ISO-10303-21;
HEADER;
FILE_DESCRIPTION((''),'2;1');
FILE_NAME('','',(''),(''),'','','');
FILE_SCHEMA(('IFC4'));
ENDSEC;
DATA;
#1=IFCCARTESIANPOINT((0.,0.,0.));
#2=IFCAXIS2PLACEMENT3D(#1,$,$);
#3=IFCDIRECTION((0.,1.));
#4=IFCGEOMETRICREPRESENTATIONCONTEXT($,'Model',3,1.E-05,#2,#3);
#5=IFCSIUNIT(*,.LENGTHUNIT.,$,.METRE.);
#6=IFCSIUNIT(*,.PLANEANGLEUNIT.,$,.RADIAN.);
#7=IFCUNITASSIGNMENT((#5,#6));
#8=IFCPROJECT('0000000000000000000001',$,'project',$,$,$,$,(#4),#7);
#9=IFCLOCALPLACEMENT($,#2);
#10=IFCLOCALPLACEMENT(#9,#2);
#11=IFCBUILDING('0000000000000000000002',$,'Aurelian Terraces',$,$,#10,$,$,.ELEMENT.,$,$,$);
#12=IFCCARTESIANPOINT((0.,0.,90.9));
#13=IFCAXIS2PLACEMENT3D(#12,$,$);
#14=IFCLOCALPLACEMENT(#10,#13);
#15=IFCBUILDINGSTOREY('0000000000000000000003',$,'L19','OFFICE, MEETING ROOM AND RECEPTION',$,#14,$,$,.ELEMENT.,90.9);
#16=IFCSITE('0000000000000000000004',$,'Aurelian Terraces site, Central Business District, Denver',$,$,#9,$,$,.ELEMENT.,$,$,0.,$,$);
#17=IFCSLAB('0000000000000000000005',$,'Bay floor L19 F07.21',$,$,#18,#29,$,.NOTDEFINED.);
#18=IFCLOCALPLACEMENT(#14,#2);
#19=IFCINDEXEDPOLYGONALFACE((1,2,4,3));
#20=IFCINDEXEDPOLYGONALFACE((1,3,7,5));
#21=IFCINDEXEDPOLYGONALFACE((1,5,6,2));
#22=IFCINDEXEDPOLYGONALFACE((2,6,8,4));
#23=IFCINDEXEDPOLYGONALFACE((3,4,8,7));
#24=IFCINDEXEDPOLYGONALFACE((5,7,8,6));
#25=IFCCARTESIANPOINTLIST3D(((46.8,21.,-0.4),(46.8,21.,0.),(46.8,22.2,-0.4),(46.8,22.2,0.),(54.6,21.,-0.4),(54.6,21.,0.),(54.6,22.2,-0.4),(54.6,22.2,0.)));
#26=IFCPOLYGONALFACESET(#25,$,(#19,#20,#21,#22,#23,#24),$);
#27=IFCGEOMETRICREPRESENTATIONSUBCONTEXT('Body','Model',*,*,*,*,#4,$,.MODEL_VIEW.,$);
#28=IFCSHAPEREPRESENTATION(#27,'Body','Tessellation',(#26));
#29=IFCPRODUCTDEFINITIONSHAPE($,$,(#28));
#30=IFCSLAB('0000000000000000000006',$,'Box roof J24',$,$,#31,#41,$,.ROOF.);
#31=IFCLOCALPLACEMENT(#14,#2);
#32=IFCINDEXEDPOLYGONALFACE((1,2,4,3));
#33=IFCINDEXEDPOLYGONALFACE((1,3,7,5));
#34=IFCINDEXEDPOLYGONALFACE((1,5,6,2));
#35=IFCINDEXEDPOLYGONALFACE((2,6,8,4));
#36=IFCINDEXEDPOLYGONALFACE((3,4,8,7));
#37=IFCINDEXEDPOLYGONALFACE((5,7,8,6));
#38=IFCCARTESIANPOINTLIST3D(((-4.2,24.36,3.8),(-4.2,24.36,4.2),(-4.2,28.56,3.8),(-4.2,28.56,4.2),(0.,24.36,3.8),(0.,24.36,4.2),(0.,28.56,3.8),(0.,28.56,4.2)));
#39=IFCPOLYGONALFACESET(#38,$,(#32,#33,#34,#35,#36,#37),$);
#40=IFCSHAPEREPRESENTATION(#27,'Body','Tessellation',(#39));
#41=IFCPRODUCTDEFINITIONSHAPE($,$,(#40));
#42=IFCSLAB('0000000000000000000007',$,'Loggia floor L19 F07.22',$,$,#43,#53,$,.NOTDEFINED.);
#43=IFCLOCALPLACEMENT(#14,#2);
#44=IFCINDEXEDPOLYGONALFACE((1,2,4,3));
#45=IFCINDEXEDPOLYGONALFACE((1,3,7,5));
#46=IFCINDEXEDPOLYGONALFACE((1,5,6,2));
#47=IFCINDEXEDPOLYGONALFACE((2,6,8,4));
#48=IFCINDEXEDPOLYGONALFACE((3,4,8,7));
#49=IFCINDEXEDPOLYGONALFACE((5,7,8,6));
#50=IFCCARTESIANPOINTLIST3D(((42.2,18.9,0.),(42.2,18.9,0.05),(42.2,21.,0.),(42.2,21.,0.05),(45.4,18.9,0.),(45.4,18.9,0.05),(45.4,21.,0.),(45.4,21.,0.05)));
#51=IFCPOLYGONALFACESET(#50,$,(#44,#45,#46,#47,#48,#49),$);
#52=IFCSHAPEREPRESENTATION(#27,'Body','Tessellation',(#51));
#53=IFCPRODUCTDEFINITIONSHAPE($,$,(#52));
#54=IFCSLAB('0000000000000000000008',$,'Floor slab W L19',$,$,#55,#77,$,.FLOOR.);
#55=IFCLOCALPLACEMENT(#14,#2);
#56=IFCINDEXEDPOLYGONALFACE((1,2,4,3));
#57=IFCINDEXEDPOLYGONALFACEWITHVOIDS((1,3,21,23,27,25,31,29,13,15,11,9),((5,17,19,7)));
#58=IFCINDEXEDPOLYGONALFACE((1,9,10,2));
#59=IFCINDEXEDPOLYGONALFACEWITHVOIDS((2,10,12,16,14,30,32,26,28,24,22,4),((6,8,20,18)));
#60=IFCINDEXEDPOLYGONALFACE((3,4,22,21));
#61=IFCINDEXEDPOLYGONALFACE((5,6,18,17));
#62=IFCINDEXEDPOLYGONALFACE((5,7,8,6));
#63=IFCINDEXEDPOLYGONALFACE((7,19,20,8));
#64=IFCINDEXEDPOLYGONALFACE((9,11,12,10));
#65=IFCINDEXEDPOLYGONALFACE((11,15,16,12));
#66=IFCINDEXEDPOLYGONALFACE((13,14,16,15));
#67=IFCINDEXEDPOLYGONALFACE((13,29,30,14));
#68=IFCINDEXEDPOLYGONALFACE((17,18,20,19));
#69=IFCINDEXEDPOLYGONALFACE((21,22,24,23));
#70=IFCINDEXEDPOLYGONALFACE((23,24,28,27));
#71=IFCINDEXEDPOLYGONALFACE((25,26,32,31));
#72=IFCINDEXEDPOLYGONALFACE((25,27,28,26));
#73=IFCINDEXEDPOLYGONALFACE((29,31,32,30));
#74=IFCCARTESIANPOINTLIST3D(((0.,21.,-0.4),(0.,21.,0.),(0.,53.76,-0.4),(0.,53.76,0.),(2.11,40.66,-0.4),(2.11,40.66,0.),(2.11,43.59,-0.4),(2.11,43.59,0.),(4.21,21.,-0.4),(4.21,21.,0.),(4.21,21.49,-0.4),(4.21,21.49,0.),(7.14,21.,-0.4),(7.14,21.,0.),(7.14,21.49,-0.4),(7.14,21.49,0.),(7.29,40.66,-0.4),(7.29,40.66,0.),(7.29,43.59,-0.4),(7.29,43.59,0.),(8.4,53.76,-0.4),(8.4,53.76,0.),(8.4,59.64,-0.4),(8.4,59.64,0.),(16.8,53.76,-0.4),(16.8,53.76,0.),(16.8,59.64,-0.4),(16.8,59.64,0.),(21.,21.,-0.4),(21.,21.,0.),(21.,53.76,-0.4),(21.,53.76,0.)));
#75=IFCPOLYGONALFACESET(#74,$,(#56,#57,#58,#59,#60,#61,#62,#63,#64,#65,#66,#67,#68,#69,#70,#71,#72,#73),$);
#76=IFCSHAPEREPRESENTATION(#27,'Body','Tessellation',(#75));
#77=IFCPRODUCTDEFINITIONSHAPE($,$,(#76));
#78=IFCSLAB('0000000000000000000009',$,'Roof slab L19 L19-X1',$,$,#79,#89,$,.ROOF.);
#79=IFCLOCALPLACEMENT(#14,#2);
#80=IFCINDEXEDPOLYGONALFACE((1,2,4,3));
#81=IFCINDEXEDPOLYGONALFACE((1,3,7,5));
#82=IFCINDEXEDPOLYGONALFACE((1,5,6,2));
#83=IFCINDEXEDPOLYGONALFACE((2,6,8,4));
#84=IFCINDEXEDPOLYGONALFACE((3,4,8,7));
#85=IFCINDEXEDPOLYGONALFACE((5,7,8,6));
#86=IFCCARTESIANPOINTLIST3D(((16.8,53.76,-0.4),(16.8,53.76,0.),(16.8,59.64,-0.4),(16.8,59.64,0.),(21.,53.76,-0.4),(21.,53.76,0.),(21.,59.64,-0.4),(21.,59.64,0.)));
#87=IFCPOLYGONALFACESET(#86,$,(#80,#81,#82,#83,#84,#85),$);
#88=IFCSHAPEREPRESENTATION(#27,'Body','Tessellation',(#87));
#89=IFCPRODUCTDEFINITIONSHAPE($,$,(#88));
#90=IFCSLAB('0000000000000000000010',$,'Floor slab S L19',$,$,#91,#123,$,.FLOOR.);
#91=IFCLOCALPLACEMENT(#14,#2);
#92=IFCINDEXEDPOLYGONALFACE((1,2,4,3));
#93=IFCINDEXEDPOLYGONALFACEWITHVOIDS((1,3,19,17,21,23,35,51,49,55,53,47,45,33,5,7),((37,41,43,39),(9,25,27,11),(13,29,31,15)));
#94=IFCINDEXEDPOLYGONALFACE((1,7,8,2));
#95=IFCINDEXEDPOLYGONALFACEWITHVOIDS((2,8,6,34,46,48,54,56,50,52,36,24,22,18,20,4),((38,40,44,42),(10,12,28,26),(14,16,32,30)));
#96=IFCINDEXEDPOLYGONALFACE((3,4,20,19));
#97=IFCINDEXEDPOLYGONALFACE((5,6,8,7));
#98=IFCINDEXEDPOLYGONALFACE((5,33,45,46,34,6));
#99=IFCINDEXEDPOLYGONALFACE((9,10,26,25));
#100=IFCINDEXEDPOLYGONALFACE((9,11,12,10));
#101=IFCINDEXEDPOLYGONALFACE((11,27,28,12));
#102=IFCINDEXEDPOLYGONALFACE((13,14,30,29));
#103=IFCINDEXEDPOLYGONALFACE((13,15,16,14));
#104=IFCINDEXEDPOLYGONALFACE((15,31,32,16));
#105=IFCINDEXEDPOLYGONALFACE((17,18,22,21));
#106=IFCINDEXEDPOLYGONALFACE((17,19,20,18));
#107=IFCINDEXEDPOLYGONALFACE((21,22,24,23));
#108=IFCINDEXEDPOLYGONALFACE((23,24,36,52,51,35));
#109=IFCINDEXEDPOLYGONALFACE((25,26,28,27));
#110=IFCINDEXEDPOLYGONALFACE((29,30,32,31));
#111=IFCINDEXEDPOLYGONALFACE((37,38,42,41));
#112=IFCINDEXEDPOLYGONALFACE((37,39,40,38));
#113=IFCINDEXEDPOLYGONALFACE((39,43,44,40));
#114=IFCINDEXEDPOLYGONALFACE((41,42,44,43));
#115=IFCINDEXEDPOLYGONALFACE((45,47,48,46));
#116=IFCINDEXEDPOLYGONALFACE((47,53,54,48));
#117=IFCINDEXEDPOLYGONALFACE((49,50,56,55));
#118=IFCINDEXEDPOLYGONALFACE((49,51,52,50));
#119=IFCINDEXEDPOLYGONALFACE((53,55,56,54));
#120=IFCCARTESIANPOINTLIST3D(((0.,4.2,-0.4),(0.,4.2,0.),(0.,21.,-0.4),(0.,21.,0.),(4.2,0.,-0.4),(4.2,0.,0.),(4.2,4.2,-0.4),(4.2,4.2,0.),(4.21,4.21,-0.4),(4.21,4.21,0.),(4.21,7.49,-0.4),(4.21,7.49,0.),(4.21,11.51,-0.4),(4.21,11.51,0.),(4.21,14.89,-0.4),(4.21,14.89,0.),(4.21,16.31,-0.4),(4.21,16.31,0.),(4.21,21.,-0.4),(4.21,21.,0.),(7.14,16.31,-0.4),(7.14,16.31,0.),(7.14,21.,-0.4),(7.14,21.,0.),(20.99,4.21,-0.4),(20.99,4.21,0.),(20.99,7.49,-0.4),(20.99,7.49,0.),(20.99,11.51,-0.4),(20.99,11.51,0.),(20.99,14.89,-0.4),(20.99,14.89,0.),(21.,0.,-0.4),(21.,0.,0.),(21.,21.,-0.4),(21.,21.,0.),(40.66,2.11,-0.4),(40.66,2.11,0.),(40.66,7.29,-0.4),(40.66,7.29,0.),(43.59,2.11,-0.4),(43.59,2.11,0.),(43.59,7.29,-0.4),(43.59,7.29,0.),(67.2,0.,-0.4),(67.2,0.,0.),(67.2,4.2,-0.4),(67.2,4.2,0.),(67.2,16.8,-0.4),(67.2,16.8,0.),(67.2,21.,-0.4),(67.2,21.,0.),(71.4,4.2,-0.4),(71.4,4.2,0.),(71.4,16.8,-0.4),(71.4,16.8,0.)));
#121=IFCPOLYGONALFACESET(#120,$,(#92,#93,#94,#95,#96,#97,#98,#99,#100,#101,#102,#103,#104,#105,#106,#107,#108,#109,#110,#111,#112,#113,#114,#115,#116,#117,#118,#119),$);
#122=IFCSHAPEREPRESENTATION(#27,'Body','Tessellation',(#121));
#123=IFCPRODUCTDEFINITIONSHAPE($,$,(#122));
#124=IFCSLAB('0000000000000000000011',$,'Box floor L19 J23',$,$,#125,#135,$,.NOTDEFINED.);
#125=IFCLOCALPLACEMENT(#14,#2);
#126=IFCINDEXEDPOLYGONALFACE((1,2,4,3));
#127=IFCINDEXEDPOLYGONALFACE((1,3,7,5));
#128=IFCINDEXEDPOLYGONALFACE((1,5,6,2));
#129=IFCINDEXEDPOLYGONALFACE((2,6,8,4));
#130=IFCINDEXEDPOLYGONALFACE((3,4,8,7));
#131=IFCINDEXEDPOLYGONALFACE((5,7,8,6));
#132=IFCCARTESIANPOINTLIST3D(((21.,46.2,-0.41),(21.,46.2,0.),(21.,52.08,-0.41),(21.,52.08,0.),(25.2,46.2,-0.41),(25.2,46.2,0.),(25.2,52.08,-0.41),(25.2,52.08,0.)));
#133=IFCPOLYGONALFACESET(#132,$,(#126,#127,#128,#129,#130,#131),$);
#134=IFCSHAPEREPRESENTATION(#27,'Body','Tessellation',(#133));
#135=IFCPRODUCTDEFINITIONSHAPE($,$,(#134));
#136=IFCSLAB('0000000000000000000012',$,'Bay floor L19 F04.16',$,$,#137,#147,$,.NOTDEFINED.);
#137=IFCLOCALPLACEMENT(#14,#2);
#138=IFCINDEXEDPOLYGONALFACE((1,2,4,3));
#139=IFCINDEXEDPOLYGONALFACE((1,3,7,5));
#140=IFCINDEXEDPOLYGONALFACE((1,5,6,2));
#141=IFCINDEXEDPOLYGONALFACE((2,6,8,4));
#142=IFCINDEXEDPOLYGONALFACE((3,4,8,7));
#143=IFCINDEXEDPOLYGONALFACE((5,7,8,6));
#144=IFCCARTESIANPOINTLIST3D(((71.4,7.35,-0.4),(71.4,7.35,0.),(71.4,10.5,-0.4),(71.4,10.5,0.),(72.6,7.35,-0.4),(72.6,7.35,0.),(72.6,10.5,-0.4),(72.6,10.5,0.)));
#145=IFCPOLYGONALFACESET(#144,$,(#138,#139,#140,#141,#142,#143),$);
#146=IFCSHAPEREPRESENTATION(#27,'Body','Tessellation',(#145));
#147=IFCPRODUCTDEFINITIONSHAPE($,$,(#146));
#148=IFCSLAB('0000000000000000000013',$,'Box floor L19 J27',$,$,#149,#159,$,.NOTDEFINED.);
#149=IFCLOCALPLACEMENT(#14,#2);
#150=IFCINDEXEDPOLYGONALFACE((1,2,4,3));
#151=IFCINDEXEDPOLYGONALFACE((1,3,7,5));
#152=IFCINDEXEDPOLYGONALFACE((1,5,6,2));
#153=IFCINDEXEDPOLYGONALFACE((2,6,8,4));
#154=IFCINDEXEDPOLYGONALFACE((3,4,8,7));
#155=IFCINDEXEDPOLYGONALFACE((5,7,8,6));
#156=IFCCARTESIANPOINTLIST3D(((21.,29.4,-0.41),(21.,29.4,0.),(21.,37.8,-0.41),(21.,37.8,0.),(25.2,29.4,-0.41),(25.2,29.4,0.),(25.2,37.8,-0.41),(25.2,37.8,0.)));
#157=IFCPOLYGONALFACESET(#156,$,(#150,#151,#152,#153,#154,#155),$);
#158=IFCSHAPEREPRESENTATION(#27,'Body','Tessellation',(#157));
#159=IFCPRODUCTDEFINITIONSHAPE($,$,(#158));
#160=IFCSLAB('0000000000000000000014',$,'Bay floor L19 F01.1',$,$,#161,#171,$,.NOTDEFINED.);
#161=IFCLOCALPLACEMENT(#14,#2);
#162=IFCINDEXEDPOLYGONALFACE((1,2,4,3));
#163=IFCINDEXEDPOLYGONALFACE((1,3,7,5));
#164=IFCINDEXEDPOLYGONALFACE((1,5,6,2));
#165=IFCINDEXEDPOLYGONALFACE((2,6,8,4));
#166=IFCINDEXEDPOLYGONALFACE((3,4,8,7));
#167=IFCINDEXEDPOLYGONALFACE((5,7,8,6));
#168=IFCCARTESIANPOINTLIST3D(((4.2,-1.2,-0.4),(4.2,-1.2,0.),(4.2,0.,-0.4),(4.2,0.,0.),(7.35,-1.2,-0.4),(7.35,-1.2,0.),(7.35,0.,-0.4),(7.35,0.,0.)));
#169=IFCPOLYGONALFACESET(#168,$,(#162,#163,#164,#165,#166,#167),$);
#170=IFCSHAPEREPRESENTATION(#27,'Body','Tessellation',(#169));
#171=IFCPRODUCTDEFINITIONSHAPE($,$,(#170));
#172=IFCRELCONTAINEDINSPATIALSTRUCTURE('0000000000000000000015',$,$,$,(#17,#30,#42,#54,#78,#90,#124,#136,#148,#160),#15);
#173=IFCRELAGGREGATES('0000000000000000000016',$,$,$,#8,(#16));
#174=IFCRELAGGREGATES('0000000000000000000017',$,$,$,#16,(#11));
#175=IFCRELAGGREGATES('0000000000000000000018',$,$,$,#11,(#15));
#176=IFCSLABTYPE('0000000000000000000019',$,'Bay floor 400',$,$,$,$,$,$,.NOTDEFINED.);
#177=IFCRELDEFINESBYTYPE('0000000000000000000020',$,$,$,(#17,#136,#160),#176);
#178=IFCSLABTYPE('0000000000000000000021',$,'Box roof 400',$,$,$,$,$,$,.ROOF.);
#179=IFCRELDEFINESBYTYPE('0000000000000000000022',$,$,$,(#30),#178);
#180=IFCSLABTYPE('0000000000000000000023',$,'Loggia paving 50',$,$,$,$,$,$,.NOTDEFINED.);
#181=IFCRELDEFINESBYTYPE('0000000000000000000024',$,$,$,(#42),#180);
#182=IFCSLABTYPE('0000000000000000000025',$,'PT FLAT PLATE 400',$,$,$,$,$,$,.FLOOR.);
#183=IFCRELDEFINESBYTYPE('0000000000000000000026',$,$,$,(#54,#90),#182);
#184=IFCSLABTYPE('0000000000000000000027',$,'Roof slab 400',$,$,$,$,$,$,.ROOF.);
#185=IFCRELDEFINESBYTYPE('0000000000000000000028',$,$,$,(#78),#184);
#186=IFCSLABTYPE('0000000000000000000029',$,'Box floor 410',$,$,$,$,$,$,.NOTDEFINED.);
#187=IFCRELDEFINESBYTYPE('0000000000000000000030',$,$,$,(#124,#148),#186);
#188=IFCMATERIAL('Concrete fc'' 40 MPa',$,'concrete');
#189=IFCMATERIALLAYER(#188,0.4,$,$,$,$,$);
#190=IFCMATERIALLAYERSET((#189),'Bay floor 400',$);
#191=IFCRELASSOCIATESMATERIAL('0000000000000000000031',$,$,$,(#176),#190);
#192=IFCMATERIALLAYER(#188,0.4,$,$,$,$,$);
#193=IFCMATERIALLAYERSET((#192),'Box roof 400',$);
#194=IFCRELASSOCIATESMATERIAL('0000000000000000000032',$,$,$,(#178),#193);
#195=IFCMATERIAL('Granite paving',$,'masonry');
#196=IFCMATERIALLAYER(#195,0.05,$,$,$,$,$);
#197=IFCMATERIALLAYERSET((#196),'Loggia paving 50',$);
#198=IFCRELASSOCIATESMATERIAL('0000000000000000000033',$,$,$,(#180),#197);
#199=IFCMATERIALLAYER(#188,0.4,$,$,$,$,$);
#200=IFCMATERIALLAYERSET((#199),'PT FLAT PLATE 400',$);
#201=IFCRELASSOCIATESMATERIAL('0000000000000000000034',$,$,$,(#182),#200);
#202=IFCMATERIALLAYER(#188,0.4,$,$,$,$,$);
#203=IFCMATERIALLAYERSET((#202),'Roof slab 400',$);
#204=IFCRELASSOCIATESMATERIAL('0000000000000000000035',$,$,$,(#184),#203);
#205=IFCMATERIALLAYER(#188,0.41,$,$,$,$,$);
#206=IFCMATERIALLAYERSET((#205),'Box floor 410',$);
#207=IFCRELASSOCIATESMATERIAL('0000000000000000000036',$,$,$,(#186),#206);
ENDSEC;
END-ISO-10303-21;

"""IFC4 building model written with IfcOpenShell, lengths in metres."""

from ifc_helpers import new_model, si_unit, direction, frame, origin, place, context, subcontext, project, spatial, polyline, outline, extrude, source, transform, mapped, material, layer, layer_set, type_object, element, save


model = new_model("IFC4")

# Units and contexts
model_context = context("Model", 3, precision=1e-05, world=origin(), true_north=direction((0.0, 1.0)))
body_context = subcontext(model_context, "Body", "Model", "MODEL_VIEW")
ifc_project = project(units=[si_unit("LENGTHUNIT", "METRE"), si_unit("PLANEANGLEUNIT", "RADIAN")], contexts=[model_context])

# Site, building, storey
site_placement = place(None, origin())
site = spatial("IfcSite", under=ifc_project, at=site_placement, Name="Aurelian Terraces site, Central Business District, Denver", CompositionType="ELEMENT", RefElevation=0.0)
building_placement = place(site_placement, origin())
building = spatial("IfcBuilding", under=site, at=building_placement, Name="Aurelian Terraces", CompositionType="ELEMENT")
storey_placement = place(building_placement, frame((0.0, 0.0, 90.9)))
storey = spatial("IfcBuildingStorey", under=building, at=storey_placement, Name="L19", Description="OFFICE, MEETING ROOM AND RECEPTION", CompositionType="ELEMENT", Elevation=90.9)

# Slabs
ifc_material_1 = material(Name="Concrete fc' 40 MPa", Category="concrete")
ifc_layer_1 = layer(ifc_material_1, 0.4)
ifc_layer_set_1 = layer_set([ifc_layer_1], Name="Bay floor 400")
slab_type_1 = type_object("IfcSlabType", Name="Bay floor 400", PredefinedType="NOTDEFINED", material=ifc_layer_set_1)
slab_1_placement = place(storey_placement, frame((0.0, 0.0, -0.4)))
element("IfcSlab", 1, at=slab_1_placement, inside=storey, type_object=slab_type_1, Name="Bay floor L19 F07.21", PredefinedType="NOTDEFINED", context=body_context, shape_type="SweptSolid", body=[
    extrude(outline(polyline([(54.6, 21.0), (46.8, 21.0), (46.8, 22.2), (54.6, 22.2), (54.6, 21.0)])), origin(), (0.0, 0.0, 1.0), 0.4),
])
ifc_layer_2 = layer(ifc_material_1, 0.4)
ifc_layer_set_2 = layer_set([ifc_layer_2], Name="Box roof 400")
slab_type_2 = type_object("IfcSlabType", Name="Box roof 400", PredefinedType="ROOF", material=ifc_layer_set_2)
slab_2_placement = place(storey_placement, frame((0.0, 0.0, 3.8)))
element("IfcSlab", 2, at=slab_2_placement, inside=storey, type_object=slab_type_2, Name="Box roof J24", PredefinedType="ROOF", context=body_context, shape_type="SweptSolid", body=[
    extrude(outline(polyline([(-4.2, 28.56), (-4.2, 24.36), (0.0, 24.36), (0.0, 28.56), (-4.2, 28.56)])), origin(), (0.0, 0.0, 1.0), 0.4),
])
ifc_material_2 = material(Name="Granite paving", Category="masonry")
ifc_layer_3 = layer(ifc_material_2, 0.05)
ifc_layer_set_3 = layer_set([ifc_layer_3], Name="Loggia paving 50")
slab_type_3 = type_object("IfcSlabType", Name="Loggia paving 50", PredefinedType="NOTDEFINED", material=ifc_layer_set_3)
slab_3_placement = place(storey_placement, origin())
element("IfcSlab", 3, at=slab_3_placement, inside=storey, type_object=slab_type_3, Name="Loggia floor L19 F07.22", PredefinedType="NOTDEFINED", context=body_context, shape_type="SweptSolid", body=[
    extrude(outline(polyline([(45.4, 21.0), (42.2, 21.0), (42.2, 18.9), (45.4, 18.9), (45.4, 21.0)])), origin(), (0.0, 0.0, 1.0), 0.05),
])
ifc_layer_4 = layer(ifc_material_1, 0.4)
ifc_layer_set_4 = layer_set([ifc_layer_4], Name="PT FLAT PLATE 400")
slab_type_4 = type_object("IfcSlabType", Name="PT FLAT PLATE 400", PredefinedType="FLOOR", material=ifc_layer_set_4)
slab_4_placement = place(storey_placement, frame((0.0, 0.0, -0.4)))
element("IfcSlab", 4, at=slab_4_placement, inside=storey, type_object=slab_type_4, Name="Floor slab W L19", PredefinedType="FLOOR", context=body_context, shape_type="SweptSolid", body=[
    extrude(outline(polyline([(0.0, 53.76), (8.4, 53.76), (8.4, 59.64), (16.8, 59.64), (16.8, 53.76), (21.0, 53.76), (21.0, 21.0), (7.14, 21.0), (7.14, 21.49), (4.21, 21.49), (4.21, 21.0), (0.0, 21.0), (0.0, 53.76)]), holes=[polyline([(7.29, 43.59), (2.11, 43.59), (2.11, 40.66), (7.29, 40.66), (7.29, 43.59)])]), origin(), (0.0, 0.0, 1.0), 0.4),
])
ifc_layer_5 = layer(ifc_material_1, 0.4)
ifc_layer_set_5 = layer_set([ifc_layer_5], Name="Roof slab 400")
slab_type_5 = type_object("IfcSlabType", Name="Roof slab 400", PredefinedType="ROOF", material=ifc_layer_set_5)
slab_5_placement = place(storey_placement, frame((0.0, 0.0, -0.4)))
element("IfcSlab", 5, at=slab_5_placement, inside=storey, type_object=slab_type_5, Name="Roof slab L19 L19-X1", PredefinedType="ROOF", context=body_context, shape_type="SweptSolid", body=[
    extrude(outline(polyline([(21.0, 53.76), (16.8, 53.76), (16.8, 59.64), (21.0, 59.64), (21.0, 53.76)])), origin(), (0.0, 0.0, 1.0), 0.4),
])
shared_shape_1 = source(origin(), body_context, "Body", "SweptSolid", [
    extrude(outline(polyline([(71.4, 16.8), (71.4, 4.2), (67.2, 4.2), (67.2, 0.0), (21.0, 0.0), (4.2, 0.0), (4.2, 4.2), (0.0, 4.2), (0.0, 21.0), (4.21, 21.0), (4.21, 16.31), (7.14, 16.31), (7.14, 21.0), (21.0, 21.0), (67.2, 21.0), (67.2, 16.8), (71.4, 16.8)]), holes=[polyline([(40.66, 2.11), (43.59, 2.11), (43.59, 7.29), (40.66, 7.29), (40.66, 2.11)]), polyline([(4.21, 7.49), (4.21, 4.21), (20.99, 4.21), (20.99, 7.49), (4.21, 7.49)]), polyline([(4.21, 14.89), (4.21, 11.51), (20.99, 11.51), (20.99, 14.89), (4.21, 14.89)])]), origin(), (0.0, 0.0, 1.0), 0.4),
])
slab_6_placement = place(storey_placement, frame((0.0, 0.0, -0.4)))
element("IfcSlab", 6, at=slab_6_placement, inside=storey, type_object=slab_type_4, Name="Floor slab S L19", PredefinedType="FLOOR", context=body_context, shape_type="MappedRepresentation", body=[
    mapped(shared_shape_1, transform((0.0, 0.0, 0.0), scale=1.0)),
])
ifc_layer_6 = layer(ifc_material_1, 0.41)
ifc_layer_set_6 = layer_set([ifc_layer_6], Name="Box floor 410")
slab_type_6 = type_object("IfcSlabType", Name="Box floor 410", PredefinedType="NOTDEFINED", material=ifc_layer_set_6)
shared_shape_2 = source(origin(), body_context, "Body", "SweptSolid", [
    extrude(outline(polyline([(25.2, 46.2), (25.2, 52.08), (21.0, 52.08), (21.0, 46.2), (25.2, 46.2)])), origin(), (0.0, 0.0, 1.0), 0.41),
])
slab_7_placement = place(storey_placement, frame((0.0, 0.0, -0.41)))
element("IfcSlab", 7, at=slab_7_placement, inside=storey, type_object=slab_type_6, Name="Box floor L19 J23", PredefinedType="NOTDEFINED", context=body_context, shape_type="MappedRepresentation", body=[
    mapped(shared_shape_2, transform((0.0, 0.0, 0.0), scale=1.0)),
])
shared_shape_3 = source(origin(), body_context, "Body", "SweptSolid", [
    extrude(outline(polyline([(71.4, 7.35), (71.4, 10.5), (72.6, 10.5), (72.6, 7.35), (71.4, 7.35)])), origin(), (0.0, 0.0, 1.0), 0.4),
])
slab_8_placement = place(storey_placement, frame((0.0, 0.0, -0.4)))
element("IfcSlab", 8, at=slab_8_placement, inside=storey, type_object=slab_type_1, Name="Bay floor L19 F04.16", PredefinedType="NOTDEFINED", context=body_context, shape_type="MappedRepresentation", body=[
    mapped(shared_shape_3, transform((0.0, 0.0, 0.0), scale=1.0)),
])
shared_shape_4 = source(origin(), body_context, "Body", "SweptSolid", [
    extrude(outline(polyline([(25.2, 29.4), (25.2, 37.8), (21.0, 37.8), (21.0, 29.4), (25.2, 29.4)])), origin(), (0.0, 0.0, 1.0), 0.41),
])
slab_9_placement = place(storey_placement, frame((0.0, 0.0, -0.41)))
element("IfcSlab", 9, at=slab_9_placement, inside=storey, type_object=slab_type_6, Name="Box floor L19 J27", PredefinedType="NOTDEFINED", context=body_context, shape_type="MappedRepresentation", body=[
    mapped(shared_shape_4, transform((0.0, 0.0, 0.0), scale=1.0)),
])
shared_shape_5 = source(origin(), body_context, "Body", "SweptSolid", [
    extrude(outline(polyline([(4.2, 0.0), (7.35, 0.0), (7.35, -1.2), (4.2, -1.2), (4.2, 0.0)])), origin(), (0.0, 0.0, 1.0), 0.4),
])
slab_10_placement = place(storey_placement, frame((0.0, 0.0, -0.4)))
element("IfcSlab", 10, at=slab_10_placement, inside=storey, type_object=slab_type_1, Name="Bay floor L19 F01.1", PredefinedType="NOTDEFINED", context=body_context, shape_type="MappedRepresentation", body=[
    mapped(shared_shape_5, transform((0.0, 0.0, 0.0), scale=1.0)),
])

save(model, "model.ifc")
